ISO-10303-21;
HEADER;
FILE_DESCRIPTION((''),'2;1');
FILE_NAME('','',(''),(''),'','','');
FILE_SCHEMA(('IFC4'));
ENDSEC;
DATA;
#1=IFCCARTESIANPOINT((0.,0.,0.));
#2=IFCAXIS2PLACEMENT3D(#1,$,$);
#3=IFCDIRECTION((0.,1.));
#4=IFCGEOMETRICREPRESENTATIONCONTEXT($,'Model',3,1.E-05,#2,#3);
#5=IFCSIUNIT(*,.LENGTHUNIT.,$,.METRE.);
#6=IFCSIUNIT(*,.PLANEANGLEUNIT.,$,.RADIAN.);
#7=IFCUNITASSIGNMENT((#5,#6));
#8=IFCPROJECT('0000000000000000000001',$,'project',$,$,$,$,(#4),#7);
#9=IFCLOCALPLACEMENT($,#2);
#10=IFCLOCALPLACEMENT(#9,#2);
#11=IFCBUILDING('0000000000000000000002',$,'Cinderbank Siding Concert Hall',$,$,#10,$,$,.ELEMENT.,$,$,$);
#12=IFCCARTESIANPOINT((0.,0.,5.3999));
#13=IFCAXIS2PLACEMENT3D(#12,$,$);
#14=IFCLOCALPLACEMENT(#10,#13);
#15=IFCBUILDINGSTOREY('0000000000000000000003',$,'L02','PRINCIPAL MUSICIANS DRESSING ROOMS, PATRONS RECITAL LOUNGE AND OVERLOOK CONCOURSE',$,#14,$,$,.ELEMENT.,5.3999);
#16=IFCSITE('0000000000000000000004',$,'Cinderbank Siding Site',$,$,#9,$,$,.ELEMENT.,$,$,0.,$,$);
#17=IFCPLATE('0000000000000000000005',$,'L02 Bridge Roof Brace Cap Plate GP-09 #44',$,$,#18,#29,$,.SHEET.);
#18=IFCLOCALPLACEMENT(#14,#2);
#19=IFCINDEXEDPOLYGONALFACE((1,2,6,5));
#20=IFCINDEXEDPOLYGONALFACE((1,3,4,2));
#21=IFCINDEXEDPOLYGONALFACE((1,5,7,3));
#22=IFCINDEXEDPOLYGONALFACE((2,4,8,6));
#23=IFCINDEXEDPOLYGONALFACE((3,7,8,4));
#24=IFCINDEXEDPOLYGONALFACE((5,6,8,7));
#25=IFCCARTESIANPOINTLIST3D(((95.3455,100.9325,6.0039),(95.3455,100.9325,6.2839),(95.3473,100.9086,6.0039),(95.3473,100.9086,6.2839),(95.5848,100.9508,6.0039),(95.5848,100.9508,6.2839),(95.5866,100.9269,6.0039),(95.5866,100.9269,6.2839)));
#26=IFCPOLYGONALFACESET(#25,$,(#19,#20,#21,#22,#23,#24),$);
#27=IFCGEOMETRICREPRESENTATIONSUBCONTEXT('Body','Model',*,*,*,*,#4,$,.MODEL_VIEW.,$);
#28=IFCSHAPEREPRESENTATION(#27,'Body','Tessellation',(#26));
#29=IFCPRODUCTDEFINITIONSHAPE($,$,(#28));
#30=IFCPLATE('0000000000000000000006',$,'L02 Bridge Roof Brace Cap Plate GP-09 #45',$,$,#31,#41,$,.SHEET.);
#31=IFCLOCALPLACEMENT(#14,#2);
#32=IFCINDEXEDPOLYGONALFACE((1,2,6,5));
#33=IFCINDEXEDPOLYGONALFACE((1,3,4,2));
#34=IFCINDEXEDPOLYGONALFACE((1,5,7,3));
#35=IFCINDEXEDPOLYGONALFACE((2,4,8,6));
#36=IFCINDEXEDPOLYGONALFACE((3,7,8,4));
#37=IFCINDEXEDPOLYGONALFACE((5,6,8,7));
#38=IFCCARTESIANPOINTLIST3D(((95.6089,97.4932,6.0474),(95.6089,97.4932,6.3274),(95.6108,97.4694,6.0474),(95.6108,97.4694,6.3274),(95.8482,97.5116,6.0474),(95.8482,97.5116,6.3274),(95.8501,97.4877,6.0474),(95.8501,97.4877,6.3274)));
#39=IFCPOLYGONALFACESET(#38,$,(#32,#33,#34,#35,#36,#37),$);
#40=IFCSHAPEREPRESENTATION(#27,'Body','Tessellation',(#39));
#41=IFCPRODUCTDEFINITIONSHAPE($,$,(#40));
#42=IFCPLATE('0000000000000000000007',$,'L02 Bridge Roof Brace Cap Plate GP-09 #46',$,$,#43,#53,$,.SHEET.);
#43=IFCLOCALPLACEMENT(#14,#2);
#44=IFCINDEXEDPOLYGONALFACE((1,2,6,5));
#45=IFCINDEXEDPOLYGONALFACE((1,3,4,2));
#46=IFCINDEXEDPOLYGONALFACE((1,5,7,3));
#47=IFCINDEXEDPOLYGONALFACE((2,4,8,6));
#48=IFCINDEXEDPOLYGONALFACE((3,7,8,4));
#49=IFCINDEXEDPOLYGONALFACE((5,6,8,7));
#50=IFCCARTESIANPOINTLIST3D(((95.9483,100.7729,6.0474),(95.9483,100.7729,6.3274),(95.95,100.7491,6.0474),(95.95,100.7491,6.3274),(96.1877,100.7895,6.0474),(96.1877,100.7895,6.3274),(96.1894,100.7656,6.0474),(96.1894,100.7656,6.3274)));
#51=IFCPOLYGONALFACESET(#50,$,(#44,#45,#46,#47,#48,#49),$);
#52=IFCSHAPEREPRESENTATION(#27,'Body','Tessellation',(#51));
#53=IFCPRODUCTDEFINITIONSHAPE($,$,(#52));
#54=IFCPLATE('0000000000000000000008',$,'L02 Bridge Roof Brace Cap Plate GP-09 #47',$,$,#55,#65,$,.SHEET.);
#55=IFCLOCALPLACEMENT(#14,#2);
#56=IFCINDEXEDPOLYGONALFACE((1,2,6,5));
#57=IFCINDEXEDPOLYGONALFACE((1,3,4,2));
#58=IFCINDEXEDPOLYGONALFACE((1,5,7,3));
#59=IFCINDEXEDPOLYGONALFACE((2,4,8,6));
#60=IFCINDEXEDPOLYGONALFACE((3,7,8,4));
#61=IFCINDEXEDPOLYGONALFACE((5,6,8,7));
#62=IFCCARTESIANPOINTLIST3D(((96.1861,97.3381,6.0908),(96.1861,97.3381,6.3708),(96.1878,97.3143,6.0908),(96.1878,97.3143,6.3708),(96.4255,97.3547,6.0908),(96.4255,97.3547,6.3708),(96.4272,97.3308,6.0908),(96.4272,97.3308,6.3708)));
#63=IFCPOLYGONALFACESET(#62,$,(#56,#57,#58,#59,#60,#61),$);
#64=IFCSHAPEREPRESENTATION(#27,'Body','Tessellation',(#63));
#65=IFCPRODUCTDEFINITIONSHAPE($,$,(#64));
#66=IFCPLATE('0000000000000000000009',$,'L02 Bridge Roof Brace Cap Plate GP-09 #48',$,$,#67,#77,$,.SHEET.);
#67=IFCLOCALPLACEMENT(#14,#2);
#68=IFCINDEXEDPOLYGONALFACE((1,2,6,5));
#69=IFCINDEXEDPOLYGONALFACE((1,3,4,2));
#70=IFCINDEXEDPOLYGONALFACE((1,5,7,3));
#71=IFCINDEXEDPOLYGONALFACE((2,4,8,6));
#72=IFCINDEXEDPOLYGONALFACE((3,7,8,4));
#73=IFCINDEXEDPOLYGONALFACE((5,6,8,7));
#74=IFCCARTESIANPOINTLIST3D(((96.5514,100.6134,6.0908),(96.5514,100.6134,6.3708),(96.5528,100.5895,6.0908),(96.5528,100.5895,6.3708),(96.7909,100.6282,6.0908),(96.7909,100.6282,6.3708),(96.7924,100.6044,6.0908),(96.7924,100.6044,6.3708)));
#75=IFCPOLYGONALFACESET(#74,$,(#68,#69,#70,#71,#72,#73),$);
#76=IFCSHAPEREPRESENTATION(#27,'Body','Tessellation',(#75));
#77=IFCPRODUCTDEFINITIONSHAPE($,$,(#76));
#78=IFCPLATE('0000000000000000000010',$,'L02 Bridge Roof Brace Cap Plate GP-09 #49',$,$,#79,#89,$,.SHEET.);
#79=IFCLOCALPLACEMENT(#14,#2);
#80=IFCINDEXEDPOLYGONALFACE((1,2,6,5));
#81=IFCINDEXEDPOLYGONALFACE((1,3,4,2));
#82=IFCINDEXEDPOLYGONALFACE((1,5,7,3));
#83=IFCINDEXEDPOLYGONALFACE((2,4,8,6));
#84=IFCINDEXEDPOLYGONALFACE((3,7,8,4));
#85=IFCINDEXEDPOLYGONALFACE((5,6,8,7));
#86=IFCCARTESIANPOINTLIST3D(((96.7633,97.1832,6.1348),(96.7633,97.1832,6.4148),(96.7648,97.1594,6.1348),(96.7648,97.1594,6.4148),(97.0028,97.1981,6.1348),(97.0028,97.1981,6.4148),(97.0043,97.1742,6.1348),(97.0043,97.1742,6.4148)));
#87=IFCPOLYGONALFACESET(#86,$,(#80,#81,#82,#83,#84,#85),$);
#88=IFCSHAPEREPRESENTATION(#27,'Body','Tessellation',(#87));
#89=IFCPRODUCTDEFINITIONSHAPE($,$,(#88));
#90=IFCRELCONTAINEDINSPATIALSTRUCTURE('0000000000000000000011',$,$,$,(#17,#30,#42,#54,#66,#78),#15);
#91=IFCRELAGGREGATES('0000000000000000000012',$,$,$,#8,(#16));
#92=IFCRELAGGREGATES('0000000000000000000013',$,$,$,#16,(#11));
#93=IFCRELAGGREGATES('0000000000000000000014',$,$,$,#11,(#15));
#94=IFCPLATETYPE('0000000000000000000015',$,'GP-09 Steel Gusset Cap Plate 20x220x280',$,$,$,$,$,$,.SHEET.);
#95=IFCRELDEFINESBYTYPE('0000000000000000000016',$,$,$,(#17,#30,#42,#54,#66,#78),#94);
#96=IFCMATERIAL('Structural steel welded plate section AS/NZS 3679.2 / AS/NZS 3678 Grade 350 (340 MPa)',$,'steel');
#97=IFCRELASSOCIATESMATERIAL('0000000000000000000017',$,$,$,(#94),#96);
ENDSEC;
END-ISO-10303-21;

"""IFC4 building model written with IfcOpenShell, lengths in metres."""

from ifc_helpers import new_model, si_unit, direction, frame, origin, origin_2d, place, context, subcontext, project, spatial, rectangle, extrude, material, type_object, element, save


model = new_model("IFC4")

# Units and contexts
model_context = context("Model", 3, precision=1e-05, world=origin(), true_north=direction((0.0, 1.0)))
body_context = subcontext(model_context, "Body", "Model", "MODEL_VIEW")
ifc_project = project(units=[si_unit("LENGTHUNIT", "METRE"), si_unit("PLANEANGLEUNIT", "RADIAN")], contexts=[model_context])

# Site, building, storey
site_placement = place(None, origin())
site = spatial("IfcSite", under=ifc_project, at=site_placement, Name="Cinderbank Siding Site", CompositionType="ELEMENT", RefElevation=0.0)
building_placement = place(site_placement, origin())
building = spatial("IfcBuilding", under=site, at=building_placement, Name="Cinderbank Siding Concert Hall", CompositionType="ELEMENT")
storey_placement = place(building_placement, frame((0.0, 0.0, 5.3999)))
storey = spatial("IfcBuildingStorey", under=building, at=storey_placement, Name="L02", Description="PRINCIPAL MUSICIANS DRESSING ROOMS, PATRONS RECITAL LOUNGE AND OVERLOOK CONCOURSE", CompositionType="ELEMENT", Elevation=5.3999)

# Plates
ifc_material_1 = material(Name="Structural steel welded plate section AS/NZS 3679.2 / AS/NZS 3678 Grade 350 (340 MPa)", Category="steel")
plate_type_1 = type_object("IfcPlateType", Name="GP-09 Steel Gusset Cap Plate 20x220x280", PredefinedType="SHEET", material=ifc_material_1)
for number, where, z_axis, x_axis, name in (
    (1, (95.4661, 100.9297, 6.0039), (0.0, 0.0, 1.0), (0.076371, -0.997079, 0.0), "L02 Bridge Roof Brace Cap Plate GP-09 #44"),
    (2, (95.7295, 97.4905, 6.0474), (0.0, 0.0, 1.0), (0.076371, -0.997079, 0.0), "L02 Bridge Roof Brace Cap Plate GP-09 #45"),
    (3, (96.0688, 100.7693, 6.0474), (0.0, 0.0, 1.0), (0.06906, -0.997613, 0.0), "L02 Bridge Roof Brace Cap Plate GP-09 #46"),
    (4, (96.3066, 97.3345, 6.0908), (0.0, 0.0, 1.0), (0.06906, -0.997613, 0.0), "L02 Bridge Roof Brace Cap Plate GP-09 #47"),
    (5, (96.6719, 100.6089, 6.0908), (0.0, 0.0, 1.0), (0.061745, -0.998092, 0.0), "L02 Bridge Roof Brace Cap Plate GP-09 #48"),
    (6, (96.8838, 97.1787, 6.1348), (0.0, 0.0, 1.0), (0.061745, -0.998092, 0.0), "L02 Bridge Roof Brace Cap Plate GP-09 #49"),
):
    element("IfcPlate", number, at=place(storey_placement, frame(where, z_axis=z_axis, x_axis=x_axis)), inside=storey, type_object=plate_type_1, Name=name, PredefinedType="SHEET", context=body_context, shape_type="SweptSolid", body=[
        extrude(rectangle(XDim=0.0239, YDim=0.24, at=origin_2d()), origin(), (0.0, 0.0, 1.0), 0.28),
    ])

save(model, "model.ifc")
